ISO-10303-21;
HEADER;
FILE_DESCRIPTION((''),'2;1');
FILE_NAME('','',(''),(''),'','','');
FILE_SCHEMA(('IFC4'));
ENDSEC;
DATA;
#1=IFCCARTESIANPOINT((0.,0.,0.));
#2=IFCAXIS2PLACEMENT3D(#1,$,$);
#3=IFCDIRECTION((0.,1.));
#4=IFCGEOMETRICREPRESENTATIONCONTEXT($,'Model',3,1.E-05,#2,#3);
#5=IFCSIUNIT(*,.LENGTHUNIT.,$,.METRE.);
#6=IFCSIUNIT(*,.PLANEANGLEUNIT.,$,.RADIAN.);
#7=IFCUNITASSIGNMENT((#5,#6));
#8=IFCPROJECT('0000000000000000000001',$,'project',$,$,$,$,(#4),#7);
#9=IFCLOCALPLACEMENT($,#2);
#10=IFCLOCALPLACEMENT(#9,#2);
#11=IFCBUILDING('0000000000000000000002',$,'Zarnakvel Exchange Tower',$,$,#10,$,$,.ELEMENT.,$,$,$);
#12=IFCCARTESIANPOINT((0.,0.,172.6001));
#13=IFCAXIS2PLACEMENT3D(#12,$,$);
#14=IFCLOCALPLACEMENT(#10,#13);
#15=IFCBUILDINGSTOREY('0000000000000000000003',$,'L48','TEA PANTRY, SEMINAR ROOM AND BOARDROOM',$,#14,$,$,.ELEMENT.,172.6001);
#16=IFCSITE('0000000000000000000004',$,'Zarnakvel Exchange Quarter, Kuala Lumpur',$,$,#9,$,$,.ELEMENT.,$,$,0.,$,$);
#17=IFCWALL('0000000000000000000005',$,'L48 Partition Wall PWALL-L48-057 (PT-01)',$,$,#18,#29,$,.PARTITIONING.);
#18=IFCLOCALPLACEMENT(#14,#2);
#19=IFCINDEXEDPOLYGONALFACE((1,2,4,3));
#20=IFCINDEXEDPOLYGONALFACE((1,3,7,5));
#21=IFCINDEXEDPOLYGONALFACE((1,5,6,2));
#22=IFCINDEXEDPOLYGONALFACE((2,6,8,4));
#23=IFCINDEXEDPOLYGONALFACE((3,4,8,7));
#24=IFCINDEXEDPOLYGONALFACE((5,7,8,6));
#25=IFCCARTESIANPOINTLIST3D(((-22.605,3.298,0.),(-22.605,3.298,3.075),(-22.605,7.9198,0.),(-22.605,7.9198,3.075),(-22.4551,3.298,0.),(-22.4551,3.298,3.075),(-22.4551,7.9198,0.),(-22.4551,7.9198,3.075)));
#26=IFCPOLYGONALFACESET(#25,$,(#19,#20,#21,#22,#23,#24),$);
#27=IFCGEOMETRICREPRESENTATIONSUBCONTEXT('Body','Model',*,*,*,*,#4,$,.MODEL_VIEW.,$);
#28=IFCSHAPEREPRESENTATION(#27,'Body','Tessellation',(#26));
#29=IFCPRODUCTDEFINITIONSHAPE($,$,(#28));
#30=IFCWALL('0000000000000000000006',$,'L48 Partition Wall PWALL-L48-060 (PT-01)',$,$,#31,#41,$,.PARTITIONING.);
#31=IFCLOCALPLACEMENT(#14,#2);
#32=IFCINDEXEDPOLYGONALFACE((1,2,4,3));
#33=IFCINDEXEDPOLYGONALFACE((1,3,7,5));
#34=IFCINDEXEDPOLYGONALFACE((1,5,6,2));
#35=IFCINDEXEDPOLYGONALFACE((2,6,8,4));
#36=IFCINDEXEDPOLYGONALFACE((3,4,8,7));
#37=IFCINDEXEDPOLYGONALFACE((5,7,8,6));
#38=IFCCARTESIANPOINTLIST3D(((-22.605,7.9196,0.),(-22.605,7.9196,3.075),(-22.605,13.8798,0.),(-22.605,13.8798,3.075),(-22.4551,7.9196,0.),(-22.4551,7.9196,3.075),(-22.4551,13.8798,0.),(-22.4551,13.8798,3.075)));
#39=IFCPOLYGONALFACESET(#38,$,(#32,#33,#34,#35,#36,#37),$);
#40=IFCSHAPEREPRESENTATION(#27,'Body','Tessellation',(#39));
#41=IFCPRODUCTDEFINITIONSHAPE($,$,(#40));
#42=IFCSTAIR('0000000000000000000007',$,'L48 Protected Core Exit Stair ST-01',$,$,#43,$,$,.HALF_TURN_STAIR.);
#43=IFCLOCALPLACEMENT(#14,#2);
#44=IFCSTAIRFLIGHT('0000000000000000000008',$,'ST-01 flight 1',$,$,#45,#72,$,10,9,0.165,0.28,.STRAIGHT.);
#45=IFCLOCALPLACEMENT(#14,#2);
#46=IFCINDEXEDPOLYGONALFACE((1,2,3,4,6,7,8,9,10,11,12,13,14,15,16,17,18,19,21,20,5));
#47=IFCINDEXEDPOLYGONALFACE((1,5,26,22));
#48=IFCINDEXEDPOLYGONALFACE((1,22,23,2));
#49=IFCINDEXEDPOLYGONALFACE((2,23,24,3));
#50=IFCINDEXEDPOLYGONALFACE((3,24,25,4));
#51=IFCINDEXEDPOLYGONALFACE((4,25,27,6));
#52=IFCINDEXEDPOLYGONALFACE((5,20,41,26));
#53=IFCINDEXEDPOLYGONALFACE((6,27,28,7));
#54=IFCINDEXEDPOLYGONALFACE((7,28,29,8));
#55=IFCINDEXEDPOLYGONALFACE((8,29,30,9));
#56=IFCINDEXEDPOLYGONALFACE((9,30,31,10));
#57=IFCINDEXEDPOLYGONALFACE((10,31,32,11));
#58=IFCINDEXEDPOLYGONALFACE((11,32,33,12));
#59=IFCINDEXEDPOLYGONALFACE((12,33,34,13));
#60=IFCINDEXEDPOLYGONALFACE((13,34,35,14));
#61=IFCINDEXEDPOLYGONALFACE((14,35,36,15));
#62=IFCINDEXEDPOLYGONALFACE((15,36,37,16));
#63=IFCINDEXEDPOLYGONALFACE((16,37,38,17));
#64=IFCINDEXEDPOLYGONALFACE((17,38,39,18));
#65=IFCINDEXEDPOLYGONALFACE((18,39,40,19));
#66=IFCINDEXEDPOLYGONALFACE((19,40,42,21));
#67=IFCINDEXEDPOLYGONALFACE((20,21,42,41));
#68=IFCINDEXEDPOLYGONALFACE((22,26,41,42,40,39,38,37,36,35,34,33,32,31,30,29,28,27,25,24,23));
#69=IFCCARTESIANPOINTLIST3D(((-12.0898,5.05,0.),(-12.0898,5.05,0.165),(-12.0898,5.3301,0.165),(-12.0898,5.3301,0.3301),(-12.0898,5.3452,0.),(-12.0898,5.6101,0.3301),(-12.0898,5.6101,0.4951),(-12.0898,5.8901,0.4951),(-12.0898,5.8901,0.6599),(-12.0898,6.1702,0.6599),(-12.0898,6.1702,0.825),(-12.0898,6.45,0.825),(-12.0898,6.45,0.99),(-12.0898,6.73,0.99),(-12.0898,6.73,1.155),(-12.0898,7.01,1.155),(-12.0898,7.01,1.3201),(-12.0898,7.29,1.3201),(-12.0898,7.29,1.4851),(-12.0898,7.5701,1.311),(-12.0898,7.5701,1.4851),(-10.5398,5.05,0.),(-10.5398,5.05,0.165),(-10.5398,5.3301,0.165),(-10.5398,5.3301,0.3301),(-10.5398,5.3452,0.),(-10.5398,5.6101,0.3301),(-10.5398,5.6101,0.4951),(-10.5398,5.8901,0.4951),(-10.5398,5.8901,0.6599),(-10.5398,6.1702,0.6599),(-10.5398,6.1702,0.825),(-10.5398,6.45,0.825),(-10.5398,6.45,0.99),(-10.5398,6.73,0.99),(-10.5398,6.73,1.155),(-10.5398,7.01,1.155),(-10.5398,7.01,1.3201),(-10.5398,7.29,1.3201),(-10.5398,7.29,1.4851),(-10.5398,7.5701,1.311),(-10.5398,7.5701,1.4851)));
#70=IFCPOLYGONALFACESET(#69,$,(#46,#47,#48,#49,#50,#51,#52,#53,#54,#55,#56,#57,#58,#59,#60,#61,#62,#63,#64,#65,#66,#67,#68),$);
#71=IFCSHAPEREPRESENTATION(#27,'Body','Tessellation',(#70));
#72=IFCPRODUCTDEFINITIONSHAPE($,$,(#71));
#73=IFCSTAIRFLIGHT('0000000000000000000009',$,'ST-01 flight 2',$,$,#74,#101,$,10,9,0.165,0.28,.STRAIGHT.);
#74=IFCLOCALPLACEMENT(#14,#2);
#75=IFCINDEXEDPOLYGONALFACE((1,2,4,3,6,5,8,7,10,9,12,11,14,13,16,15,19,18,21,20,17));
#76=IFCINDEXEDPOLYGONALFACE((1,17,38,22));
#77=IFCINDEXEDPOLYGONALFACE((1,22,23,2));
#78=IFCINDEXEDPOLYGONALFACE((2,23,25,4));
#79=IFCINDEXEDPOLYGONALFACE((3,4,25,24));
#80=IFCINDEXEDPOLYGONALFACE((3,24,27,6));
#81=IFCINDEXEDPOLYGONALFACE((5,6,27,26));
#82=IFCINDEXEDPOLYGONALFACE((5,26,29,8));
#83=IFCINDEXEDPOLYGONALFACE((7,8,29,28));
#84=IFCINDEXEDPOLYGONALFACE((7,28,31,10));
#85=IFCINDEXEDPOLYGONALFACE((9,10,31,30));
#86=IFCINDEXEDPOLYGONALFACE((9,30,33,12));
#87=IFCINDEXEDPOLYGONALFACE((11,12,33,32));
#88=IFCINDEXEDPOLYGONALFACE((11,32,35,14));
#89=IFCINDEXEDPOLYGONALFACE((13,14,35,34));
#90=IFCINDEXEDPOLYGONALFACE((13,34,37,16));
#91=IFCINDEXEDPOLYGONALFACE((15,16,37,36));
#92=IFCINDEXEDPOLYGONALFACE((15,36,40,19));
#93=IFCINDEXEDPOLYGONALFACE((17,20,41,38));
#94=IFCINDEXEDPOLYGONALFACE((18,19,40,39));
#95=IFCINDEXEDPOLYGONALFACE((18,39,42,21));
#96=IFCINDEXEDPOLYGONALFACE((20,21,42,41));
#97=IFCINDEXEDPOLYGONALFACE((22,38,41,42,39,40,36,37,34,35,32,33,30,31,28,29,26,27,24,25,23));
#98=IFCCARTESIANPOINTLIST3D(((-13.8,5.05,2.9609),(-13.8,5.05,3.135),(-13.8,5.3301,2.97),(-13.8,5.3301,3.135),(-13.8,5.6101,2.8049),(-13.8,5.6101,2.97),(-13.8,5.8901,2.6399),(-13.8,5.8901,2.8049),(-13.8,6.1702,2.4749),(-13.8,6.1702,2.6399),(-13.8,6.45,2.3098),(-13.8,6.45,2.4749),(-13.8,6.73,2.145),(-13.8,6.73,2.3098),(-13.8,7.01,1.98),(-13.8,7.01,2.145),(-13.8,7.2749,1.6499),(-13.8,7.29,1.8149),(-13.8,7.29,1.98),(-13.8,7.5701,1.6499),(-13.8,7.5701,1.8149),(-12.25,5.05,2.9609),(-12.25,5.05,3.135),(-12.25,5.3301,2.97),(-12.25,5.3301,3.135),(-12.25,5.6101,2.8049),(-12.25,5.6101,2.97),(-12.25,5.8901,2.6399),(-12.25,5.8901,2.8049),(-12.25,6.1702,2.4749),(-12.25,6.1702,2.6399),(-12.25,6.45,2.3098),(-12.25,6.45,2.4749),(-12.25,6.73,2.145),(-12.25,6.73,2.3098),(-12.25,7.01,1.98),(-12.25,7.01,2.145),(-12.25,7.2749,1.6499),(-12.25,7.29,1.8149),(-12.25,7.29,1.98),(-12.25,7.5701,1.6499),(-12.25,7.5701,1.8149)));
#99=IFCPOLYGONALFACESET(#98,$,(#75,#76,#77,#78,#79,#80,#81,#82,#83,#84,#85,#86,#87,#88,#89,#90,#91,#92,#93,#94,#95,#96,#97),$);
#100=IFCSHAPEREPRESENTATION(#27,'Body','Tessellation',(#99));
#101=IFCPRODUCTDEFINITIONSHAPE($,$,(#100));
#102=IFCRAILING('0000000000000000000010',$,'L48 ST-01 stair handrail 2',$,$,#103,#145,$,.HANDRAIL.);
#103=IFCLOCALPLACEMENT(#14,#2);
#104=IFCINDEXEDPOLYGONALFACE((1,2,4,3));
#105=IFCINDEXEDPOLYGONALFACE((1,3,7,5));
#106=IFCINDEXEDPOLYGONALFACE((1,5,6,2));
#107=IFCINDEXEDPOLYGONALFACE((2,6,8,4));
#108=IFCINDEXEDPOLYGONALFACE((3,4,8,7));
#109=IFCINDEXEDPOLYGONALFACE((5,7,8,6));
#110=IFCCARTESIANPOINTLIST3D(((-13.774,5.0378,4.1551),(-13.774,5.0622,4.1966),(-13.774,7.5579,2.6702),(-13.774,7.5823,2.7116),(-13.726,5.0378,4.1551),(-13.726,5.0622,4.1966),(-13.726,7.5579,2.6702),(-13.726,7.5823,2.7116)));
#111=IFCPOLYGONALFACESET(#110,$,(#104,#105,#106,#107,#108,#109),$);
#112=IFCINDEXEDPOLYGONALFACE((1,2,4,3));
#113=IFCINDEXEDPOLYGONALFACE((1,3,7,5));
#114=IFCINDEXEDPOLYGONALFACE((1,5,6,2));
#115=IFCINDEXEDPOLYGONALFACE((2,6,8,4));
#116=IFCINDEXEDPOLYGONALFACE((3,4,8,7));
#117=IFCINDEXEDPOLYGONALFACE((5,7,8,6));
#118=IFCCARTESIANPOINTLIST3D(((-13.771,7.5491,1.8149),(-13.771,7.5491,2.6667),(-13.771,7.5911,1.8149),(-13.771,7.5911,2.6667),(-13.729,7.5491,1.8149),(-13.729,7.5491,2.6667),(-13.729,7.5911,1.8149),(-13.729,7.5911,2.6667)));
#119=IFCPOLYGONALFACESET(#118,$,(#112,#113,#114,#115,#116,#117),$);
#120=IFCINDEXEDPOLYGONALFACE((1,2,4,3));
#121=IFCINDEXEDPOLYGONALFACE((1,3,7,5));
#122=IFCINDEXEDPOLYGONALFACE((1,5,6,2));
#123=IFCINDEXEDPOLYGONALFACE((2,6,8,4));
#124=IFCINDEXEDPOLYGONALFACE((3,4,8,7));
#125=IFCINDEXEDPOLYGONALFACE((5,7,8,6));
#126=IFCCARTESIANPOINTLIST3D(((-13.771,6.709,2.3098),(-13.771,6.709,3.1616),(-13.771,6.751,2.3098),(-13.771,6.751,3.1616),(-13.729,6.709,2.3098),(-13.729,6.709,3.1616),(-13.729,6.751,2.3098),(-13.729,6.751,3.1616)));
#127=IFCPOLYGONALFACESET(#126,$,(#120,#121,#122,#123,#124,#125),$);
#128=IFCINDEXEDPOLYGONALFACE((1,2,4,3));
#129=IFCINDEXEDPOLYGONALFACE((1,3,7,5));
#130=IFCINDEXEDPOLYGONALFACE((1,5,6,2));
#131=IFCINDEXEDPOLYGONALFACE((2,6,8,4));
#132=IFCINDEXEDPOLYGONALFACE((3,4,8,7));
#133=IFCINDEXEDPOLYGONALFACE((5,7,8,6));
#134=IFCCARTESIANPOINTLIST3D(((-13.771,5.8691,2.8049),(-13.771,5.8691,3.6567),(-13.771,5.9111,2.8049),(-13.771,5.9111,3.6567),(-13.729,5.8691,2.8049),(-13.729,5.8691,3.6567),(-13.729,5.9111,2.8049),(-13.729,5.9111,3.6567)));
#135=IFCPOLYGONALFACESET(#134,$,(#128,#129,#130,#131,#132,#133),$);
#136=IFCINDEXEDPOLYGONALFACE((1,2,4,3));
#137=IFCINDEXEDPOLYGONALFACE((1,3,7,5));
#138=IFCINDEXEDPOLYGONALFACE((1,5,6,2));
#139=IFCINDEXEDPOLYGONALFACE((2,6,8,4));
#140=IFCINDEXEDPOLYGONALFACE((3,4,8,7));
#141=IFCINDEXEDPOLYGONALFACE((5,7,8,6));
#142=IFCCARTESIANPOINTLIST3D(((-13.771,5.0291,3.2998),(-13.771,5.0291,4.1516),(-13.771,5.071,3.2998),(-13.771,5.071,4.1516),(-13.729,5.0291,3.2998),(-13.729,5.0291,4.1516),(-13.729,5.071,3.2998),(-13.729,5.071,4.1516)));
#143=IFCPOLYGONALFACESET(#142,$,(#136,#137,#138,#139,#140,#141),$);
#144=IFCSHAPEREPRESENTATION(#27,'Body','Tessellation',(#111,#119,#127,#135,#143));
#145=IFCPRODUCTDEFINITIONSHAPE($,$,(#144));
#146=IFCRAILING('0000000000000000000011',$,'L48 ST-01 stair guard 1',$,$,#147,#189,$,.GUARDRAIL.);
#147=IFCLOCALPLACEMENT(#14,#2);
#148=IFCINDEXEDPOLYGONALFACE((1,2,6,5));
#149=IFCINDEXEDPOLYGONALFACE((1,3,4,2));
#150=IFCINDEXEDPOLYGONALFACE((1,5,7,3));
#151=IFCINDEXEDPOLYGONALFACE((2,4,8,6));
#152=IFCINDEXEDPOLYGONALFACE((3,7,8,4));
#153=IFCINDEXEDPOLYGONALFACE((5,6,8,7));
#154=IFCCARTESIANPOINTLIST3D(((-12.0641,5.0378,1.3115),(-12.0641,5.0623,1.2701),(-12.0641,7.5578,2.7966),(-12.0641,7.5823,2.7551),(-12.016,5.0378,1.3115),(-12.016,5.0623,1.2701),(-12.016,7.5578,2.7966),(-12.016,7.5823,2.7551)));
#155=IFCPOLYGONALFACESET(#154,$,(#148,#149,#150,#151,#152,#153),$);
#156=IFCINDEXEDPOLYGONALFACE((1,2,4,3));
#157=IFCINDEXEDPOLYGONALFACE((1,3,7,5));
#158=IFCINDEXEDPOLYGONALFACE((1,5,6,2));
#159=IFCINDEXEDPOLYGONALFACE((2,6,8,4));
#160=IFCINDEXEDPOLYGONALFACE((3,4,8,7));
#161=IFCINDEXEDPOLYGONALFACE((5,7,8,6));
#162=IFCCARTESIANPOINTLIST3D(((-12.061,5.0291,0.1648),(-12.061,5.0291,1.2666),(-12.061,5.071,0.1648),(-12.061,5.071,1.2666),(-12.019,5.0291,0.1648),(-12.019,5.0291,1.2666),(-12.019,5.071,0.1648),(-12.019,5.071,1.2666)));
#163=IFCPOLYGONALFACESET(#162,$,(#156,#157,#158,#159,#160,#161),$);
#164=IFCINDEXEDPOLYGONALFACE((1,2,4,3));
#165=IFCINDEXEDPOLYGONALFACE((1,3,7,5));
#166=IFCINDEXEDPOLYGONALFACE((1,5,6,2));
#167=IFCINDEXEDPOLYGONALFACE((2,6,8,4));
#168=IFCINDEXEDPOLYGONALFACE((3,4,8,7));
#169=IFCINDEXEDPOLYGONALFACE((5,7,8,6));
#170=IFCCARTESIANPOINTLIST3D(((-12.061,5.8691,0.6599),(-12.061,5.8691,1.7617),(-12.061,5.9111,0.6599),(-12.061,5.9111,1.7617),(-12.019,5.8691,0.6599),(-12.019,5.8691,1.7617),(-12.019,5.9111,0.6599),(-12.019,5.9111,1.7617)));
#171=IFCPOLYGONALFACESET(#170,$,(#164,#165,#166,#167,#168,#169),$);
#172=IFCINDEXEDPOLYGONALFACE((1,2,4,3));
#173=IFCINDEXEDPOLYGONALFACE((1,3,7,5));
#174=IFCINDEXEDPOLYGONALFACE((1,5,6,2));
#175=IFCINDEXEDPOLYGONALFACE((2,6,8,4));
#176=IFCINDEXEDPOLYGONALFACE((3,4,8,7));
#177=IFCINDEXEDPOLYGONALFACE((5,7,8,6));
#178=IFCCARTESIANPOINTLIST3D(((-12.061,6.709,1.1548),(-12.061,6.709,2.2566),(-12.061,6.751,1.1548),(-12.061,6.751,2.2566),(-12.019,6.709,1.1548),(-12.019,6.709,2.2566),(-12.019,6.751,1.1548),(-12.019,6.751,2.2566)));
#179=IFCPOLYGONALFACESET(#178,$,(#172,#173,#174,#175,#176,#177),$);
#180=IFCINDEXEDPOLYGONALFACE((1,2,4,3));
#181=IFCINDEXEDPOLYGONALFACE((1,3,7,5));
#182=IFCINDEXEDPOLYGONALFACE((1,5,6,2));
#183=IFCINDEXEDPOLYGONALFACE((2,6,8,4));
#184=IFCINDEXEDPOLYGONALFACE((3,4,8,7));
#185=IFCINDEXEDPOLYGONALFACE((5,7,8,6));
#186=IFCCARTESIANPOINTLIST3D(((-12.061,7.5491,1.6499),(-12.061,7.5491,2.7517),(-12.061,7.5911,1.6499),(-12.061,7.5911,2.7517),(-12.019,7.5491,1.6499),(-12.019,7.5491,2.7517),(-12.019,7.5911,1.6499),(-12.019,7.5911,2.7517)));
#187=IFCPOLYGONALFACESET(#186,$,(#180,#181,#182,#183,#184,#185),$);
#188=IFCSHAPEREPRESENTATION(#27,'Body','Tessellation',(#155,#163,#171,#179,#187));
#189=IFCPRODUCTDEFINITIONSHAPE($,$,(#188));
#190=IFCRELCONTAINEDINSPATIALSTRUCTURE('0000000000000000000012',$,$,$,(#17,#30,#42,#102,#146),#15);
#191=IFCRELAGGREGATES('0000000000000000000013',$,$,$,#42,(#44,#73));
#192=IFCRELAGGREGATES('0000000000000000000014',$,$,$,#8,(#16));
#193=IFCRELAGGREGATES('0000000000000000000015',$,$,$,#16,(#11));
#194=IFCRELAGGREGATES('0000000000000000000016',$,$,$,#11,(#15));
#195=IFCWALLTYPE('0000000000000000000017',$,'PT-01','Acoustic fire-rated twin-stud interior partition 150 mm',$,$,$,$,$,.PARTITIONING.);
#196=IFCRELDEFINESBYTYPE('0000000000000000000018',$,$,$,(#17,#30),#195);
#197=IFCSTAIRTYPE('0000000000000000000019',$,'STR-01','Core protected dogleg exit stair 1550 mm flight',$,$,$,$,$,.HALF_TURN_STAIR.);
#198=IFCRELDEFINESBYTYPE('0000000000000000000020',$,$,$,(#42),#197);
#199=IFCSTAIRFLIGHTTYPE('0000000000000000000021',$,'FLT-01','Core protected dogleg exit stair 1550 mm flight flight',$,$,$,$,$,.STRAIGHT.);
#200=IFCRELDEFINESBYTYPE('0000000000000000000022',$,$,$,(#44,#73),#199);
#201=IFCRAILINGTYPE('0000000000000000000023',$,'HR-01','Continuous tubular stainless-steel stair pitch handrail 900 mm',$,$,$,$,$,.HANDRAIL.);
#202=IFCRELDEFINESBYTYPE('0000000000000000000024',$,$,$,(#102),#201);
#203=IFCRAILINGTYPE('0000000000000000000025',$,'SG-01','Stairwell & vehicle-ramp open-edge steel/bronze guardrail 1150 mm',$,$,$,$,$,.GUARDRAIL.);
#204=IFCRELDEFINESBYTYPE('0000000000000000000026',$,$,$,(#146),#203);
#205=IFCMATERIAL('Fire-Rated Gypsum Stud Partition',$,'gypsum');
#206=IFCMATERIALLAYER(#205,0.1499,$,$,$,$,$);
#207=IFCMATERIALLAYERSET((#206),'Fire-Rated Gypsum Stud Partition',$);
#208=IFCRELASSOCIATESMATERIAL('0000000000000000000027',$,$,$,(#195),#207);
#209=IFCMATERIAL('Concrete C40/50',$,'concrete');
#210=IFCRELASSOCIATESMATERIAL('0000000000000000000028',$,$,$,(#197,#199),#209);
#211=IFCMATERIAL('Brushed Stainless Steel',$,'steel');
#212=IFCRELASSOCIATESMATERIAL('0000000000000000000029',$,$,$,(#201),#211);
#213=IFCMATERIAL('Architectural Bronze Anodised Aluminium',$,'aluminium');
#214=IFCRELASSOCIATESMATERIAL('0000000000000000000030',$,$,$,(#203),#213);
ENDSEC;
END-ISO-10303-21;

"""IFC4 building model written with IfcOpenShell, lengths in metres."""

from ifc_helpers import new_model, si_unit, direction, frame, frame_2d, origin, origin_2d, place, context, subcontext, project, spatial, polyline, rectangle, outline, extrude, material, layer, layer_set, type_object, element, aggregate, save


model = new_model("IFC4")

# Units and contexts
model_context = context("Model", 3, precision=1e-05, world=origin(), true_north=direction((0.0, 1.0)))
body_context = subcontext(model_context, "Body", "Model", "MODEL_VIEW")
ifc_project = project(units=[si_unit("LENGTHUNIT", "METRE"), si_unit("PLANEANGLEUNIT", "RADIAN")], contexts=[model_context])

# Site, building, storey
site_placement = place(None, origin())
site = spatial("IfcSite", under=ifc_project, at=site_placement, Name="Zarnakvel Exchange Quarter, Kuala Lumpur", CompositionType="ELEMENT", RefElevation=0.0)
building_placement = place(site_placement, origin())
building = spatial("IfcBuilding", under=site, at=building_placement, Name="Zarnakvel Exchange Tower", CompositionType="ELEMENT")
storey_placement = place(building_placement, frame((0.0, 0.0, 172.6001)))
storey = spatial("IfcBuildingStorey", under=building, at=storey_placement, Name="L48", Description="TEA PANTRY, SEMINAR ROOM AND BOARDROOM", CompositionType="ELEMENT", Elevation=172.6001)

# Shared definitions
ifc_material_1 = material(Name="Architectural Bronze Anodised Aluminium", Category="aluminium")

# Shared definitions
ifc_material_2 = material(Name="Fire-Rated Gypsum Stud Partition", Category="gypsum")
ifc_layer_1 = layer(ifc_material_2, 0.1499)
ifc_layer_set_1 = layer_set([ifc_layer_1], Name="Fire-Rated Gypsum Stud Partition")
wall_type_1 = type_object("IfcWallType", Name="PT-01", Description="Acoustic fire-rated twin-stud interior partition 150 mm", PredefinedType="PARTITIONING", material=ifc_layer_set_1)

# Wall
wall_1_placement = place(storey_placement, frame((-22.53, 3.2979, 0.0), z_axis=(0.0, 0.0, 1.0), x_axis=(0.0, 1.0, 0.0)))
element("IfcWall", 1, at=wall_1_placement, inside=storey, type_object=wall_type_1, Name="L48 Partition Wall PWALL-L48-057 (PT-01)", PredefinedType="PARTITIONING", context=body_context, shape_type="SweptSolid", body=[
    extrude(rectangle(XDim=4.6218, YDim=0.1499, at=frame_2d((2.311, 0.0))), origin(), (0.0, 0.0, 1.0), 3.075),
])

# Wall
wall_2_placement = place(storey_placement, frame((-22.53, 7.9197, 0.0), z_axis=(0.0, 0.0, 1.0), x_axis=(0.0, 1.0, 0.0)))
element("IfcWall", 2, at=wall_2_placement, inside=storey, type_object=wall_type_1, Name="L48 Partition Wall PWALL-L48-060 (PT-01)", PredefinedType="PARTITIONING", context=body_context, shape_type="SweptSolid", body=[
    extrude(rectangle(XDim=5.9602, YDim=0.1499, at=frame_2d((2.98, 0.0))), origin(), (0.0, 0.0, 1.0), 3.075),
])

# Stair, stair flights
ifc_material_3 = material(Name="Concrete C40/50", Category="concrete")
stair_type = type_object("IfcStairType", Name="STR-01", Description="Core protected dogleg exit stair 1550 mm flight", PredefinedType="HALF_TURN_STAIR", material=ifc_material_3)
stair_placement = place(storey_placement, origin())
stair = element("IfcStair", 3, at=stair_placement, inside=storey, type_object=stair_type, Name="L48 Protected Core Exit Stair ST-01", PredefinedType="HALF_TURN_STAIR")
stair_flight_type = type_object("IfcStairFlightType", Name="FLT-01", Description="Core protected dogleg exit stair 1550 mm flight flight", PredefinedType="STRAIGHT", material=ifc_material_3)
stair_flight_1_placement = place(storey_placement, frame((-11.3149, 5.05, 0.0), z_axis=(0.0, 0.0, 1.0), x_axis=(0.0, 1.0, 0.0)))
stair_flight_1 = element("IfcStairFlight", 4, at=stair_flight_1_placement, type_object=stair_flight_type, Name="ST-01 flight 1", NumberOfRisers=10, NumberOfTreads=9, PredefinedType="STRAIGHT", RiserHeight=0.165, TreadLength=0.28, context=body_context, shape_type="SweptSolid", body=[
    extrude(outline(polyline([(0.0, 0.0), (0.0, 0.165), (0.28, 0.165), (0.28, 0.3301), (0.5601, 0.3301), (0.5601, 0.4951), (0.8401, 0.4951), (0.8401, 0.6599), (1.1201, 0.6599), (1.1201, 0.825), (1.3999, 0.825), (1.3999, 0.99), (1.6799, 0.99), (1.6799, 1.155), (1.96, 1.155), (1.96, 1.3201), (2.24, 1.3201), (2.24, 1.4851), (2.52, 1.4851), (2.52, 1.6499), (2.52, 1.311), (0.2952, 0.0), (0.0, 0.0)])), frame((0.0, 0.7749, 0.0), z_axis=(0.0, -1.0, 0.0), x_axis=(1.0, 0.0, 0.0)), (0.0, 0.0, 1.0), 1.55),
])
stair_flight_2_placement = place(storey_placement, frame((-13.0249, 7.5701, 1.6499), z_axis=(0.0, 0.0, 1.0), x_axis=(0.0, -1.0, 0.0)))
stair_flight_2 = element("IfcStairFlight", 5, at=stair_flight_2_placement, type_object=stair_flight_type, Name="ST-01 flight 2", NumberOfRisers=10, NumberOfTreads=9, PredefinedType="STRAIGHT", RiserHeight=0.165, TreadLength=0.28, context=body_context, shape_type="SweptSolid", body=[
    extrude(outline(polyline([(0.0, 0.0), (0.0, 0.165), (0.28, 0.165), (0.28, 0.3301), (0.5601, 0.3301), (0.5601, 0.4951), (0.8401, 0.4951), (0.8401, 0.6599), (1.1201, 0.6599), (1.1201, 0.825), (1.3999, 0.825), (1.3999, 0.99), (1.6799, 0.99), (1.6799, 1.155), (1.96, 1.155), (1.96, 1.3201), (2.24, 1.3201), (2.24, 1.4851), (2.52, 1.4851), (2.52, 1.6499), (2.52, 1.311), (0.2952, 0.0), (0.0, 0.0)])), frame((0.0, 0.7749, 0.0), z_axis=(0.0, -1.0, 0.0), x_axis=(1.0, 0.0, 0.0)), (0.0, 0.0, 1.0), 1.55),
])
aggregate(stair, [stair_flight_1, stair_flight_2])

# Railings
ifc_material_4 = material(Name="Brushed Stainless Steel", Category="steel")
railing_type_1 = type_object("IfcRailingType", Name="HR-01", Description="Continuous tubular stainless-steel stair pitch handrail 900 mm", PredefinedType="HANDRAIL", material=ifc_material_4)
railing_1_placement = place(storey_placement, frame((-13.75, 7.5701, 1.8149)))
element("IfcRailing", 6, at=railing_1_placement, inside=storey, type_object=railing_type_1, Name="L48 ST-01 stair handrail 2", PredefinedType="HANDRAIL", context=body_context, shape_type="SweptSolid", body=[
    extrude(rectangle(XDim=0.0481, YDim=0.0481, at=origin_2d()), frame((0.0, 0.0, 0.876), z_axis=(0.0, -0.861561, 0.507655), x_axis=(1.0, 0.0, 0.0)), (0.0, 0.0, 1.0), 2.925),
    extrude(rectangle(XDim=0.042, YDim=0.042, at=origin_2d()), origin(), (0.0, 0.0, 1.0), 0.8518),
    extrude(rectangle(XDim=0.042, YDim=0.042, at=origin_2d()), frame((0.0, -0.8401, 0.4949)), (0.0, 0.0, 1.0), 0.8518),
    extrude(rectangle(XDim=0.042, YDim=0.042, at=origin_2d()), frame((0.0, -1.6799, 0.99)), (0.0, 0.0, 1.0), 0.8518),
    extrude(rectangle(XDim=0.042, YDim=0.042, at=origin_2d()), frame((0.0, -2.52, 1.4849)), (0.0, 0.0, 1.0), 0.8518),
])
railing_type_2 = type_object("IfcRailingType", Name="SG-01", Description="Stairwell & vehicle-ramp open-edge steel/bronze guardrail 1150 mm", PredefinedType="GUARDRAIL", material=ifc_material_1)
railing_2_placement = place(storey_placement, frame((-12.04, 5.05, 0.1648)))
element("IfcRailing", 7, at=railing_2_placement, inside=storey, type_object=railing_type_2, Name="L48 ST-01 stair guard 1", PredefinedType="GUARDRAIL", context=body_context, shape_type="SweptSolid", body=[
    extrude(rectangle(XDim=0.0481, YDim=0.0481, at=origin_2d()), frame((0.0, 0.0, 1.126), z_axis=(0.0, 0.861524, 0.507717), x_axis=(-1.0, 0.0, 0.0)), (0.0, 0.0, 1.0), 2.925),
    extrude(rectangle(XDim=0.042, YDim=0.042, at=origin_2d()), origin(), (0.0, 0.0, 1.0), 1.1018),
    extrude(rectangle(XDim=0.042, YDim=0.042, at=origin_2d()), frame((0.0, 0.8401, 0.4951)), (0.0, 0.0, 1.0), 1.1018),
    extrude(rectangle(XDim=0.042, YDim=0.042, at=origin_2d()), frame((0.0, 1.6799, 0.99)), (0.0, 0.0, 1.0), 1.1018),
    extrude(rectangle(XDim=0.042, YDim=0.042, at=origin_2d()), frame((0.0, 2.52, 1.4851)), (0.0, 0.0, 1.0), 1.1018),
])

save(model, "model.ifc")
